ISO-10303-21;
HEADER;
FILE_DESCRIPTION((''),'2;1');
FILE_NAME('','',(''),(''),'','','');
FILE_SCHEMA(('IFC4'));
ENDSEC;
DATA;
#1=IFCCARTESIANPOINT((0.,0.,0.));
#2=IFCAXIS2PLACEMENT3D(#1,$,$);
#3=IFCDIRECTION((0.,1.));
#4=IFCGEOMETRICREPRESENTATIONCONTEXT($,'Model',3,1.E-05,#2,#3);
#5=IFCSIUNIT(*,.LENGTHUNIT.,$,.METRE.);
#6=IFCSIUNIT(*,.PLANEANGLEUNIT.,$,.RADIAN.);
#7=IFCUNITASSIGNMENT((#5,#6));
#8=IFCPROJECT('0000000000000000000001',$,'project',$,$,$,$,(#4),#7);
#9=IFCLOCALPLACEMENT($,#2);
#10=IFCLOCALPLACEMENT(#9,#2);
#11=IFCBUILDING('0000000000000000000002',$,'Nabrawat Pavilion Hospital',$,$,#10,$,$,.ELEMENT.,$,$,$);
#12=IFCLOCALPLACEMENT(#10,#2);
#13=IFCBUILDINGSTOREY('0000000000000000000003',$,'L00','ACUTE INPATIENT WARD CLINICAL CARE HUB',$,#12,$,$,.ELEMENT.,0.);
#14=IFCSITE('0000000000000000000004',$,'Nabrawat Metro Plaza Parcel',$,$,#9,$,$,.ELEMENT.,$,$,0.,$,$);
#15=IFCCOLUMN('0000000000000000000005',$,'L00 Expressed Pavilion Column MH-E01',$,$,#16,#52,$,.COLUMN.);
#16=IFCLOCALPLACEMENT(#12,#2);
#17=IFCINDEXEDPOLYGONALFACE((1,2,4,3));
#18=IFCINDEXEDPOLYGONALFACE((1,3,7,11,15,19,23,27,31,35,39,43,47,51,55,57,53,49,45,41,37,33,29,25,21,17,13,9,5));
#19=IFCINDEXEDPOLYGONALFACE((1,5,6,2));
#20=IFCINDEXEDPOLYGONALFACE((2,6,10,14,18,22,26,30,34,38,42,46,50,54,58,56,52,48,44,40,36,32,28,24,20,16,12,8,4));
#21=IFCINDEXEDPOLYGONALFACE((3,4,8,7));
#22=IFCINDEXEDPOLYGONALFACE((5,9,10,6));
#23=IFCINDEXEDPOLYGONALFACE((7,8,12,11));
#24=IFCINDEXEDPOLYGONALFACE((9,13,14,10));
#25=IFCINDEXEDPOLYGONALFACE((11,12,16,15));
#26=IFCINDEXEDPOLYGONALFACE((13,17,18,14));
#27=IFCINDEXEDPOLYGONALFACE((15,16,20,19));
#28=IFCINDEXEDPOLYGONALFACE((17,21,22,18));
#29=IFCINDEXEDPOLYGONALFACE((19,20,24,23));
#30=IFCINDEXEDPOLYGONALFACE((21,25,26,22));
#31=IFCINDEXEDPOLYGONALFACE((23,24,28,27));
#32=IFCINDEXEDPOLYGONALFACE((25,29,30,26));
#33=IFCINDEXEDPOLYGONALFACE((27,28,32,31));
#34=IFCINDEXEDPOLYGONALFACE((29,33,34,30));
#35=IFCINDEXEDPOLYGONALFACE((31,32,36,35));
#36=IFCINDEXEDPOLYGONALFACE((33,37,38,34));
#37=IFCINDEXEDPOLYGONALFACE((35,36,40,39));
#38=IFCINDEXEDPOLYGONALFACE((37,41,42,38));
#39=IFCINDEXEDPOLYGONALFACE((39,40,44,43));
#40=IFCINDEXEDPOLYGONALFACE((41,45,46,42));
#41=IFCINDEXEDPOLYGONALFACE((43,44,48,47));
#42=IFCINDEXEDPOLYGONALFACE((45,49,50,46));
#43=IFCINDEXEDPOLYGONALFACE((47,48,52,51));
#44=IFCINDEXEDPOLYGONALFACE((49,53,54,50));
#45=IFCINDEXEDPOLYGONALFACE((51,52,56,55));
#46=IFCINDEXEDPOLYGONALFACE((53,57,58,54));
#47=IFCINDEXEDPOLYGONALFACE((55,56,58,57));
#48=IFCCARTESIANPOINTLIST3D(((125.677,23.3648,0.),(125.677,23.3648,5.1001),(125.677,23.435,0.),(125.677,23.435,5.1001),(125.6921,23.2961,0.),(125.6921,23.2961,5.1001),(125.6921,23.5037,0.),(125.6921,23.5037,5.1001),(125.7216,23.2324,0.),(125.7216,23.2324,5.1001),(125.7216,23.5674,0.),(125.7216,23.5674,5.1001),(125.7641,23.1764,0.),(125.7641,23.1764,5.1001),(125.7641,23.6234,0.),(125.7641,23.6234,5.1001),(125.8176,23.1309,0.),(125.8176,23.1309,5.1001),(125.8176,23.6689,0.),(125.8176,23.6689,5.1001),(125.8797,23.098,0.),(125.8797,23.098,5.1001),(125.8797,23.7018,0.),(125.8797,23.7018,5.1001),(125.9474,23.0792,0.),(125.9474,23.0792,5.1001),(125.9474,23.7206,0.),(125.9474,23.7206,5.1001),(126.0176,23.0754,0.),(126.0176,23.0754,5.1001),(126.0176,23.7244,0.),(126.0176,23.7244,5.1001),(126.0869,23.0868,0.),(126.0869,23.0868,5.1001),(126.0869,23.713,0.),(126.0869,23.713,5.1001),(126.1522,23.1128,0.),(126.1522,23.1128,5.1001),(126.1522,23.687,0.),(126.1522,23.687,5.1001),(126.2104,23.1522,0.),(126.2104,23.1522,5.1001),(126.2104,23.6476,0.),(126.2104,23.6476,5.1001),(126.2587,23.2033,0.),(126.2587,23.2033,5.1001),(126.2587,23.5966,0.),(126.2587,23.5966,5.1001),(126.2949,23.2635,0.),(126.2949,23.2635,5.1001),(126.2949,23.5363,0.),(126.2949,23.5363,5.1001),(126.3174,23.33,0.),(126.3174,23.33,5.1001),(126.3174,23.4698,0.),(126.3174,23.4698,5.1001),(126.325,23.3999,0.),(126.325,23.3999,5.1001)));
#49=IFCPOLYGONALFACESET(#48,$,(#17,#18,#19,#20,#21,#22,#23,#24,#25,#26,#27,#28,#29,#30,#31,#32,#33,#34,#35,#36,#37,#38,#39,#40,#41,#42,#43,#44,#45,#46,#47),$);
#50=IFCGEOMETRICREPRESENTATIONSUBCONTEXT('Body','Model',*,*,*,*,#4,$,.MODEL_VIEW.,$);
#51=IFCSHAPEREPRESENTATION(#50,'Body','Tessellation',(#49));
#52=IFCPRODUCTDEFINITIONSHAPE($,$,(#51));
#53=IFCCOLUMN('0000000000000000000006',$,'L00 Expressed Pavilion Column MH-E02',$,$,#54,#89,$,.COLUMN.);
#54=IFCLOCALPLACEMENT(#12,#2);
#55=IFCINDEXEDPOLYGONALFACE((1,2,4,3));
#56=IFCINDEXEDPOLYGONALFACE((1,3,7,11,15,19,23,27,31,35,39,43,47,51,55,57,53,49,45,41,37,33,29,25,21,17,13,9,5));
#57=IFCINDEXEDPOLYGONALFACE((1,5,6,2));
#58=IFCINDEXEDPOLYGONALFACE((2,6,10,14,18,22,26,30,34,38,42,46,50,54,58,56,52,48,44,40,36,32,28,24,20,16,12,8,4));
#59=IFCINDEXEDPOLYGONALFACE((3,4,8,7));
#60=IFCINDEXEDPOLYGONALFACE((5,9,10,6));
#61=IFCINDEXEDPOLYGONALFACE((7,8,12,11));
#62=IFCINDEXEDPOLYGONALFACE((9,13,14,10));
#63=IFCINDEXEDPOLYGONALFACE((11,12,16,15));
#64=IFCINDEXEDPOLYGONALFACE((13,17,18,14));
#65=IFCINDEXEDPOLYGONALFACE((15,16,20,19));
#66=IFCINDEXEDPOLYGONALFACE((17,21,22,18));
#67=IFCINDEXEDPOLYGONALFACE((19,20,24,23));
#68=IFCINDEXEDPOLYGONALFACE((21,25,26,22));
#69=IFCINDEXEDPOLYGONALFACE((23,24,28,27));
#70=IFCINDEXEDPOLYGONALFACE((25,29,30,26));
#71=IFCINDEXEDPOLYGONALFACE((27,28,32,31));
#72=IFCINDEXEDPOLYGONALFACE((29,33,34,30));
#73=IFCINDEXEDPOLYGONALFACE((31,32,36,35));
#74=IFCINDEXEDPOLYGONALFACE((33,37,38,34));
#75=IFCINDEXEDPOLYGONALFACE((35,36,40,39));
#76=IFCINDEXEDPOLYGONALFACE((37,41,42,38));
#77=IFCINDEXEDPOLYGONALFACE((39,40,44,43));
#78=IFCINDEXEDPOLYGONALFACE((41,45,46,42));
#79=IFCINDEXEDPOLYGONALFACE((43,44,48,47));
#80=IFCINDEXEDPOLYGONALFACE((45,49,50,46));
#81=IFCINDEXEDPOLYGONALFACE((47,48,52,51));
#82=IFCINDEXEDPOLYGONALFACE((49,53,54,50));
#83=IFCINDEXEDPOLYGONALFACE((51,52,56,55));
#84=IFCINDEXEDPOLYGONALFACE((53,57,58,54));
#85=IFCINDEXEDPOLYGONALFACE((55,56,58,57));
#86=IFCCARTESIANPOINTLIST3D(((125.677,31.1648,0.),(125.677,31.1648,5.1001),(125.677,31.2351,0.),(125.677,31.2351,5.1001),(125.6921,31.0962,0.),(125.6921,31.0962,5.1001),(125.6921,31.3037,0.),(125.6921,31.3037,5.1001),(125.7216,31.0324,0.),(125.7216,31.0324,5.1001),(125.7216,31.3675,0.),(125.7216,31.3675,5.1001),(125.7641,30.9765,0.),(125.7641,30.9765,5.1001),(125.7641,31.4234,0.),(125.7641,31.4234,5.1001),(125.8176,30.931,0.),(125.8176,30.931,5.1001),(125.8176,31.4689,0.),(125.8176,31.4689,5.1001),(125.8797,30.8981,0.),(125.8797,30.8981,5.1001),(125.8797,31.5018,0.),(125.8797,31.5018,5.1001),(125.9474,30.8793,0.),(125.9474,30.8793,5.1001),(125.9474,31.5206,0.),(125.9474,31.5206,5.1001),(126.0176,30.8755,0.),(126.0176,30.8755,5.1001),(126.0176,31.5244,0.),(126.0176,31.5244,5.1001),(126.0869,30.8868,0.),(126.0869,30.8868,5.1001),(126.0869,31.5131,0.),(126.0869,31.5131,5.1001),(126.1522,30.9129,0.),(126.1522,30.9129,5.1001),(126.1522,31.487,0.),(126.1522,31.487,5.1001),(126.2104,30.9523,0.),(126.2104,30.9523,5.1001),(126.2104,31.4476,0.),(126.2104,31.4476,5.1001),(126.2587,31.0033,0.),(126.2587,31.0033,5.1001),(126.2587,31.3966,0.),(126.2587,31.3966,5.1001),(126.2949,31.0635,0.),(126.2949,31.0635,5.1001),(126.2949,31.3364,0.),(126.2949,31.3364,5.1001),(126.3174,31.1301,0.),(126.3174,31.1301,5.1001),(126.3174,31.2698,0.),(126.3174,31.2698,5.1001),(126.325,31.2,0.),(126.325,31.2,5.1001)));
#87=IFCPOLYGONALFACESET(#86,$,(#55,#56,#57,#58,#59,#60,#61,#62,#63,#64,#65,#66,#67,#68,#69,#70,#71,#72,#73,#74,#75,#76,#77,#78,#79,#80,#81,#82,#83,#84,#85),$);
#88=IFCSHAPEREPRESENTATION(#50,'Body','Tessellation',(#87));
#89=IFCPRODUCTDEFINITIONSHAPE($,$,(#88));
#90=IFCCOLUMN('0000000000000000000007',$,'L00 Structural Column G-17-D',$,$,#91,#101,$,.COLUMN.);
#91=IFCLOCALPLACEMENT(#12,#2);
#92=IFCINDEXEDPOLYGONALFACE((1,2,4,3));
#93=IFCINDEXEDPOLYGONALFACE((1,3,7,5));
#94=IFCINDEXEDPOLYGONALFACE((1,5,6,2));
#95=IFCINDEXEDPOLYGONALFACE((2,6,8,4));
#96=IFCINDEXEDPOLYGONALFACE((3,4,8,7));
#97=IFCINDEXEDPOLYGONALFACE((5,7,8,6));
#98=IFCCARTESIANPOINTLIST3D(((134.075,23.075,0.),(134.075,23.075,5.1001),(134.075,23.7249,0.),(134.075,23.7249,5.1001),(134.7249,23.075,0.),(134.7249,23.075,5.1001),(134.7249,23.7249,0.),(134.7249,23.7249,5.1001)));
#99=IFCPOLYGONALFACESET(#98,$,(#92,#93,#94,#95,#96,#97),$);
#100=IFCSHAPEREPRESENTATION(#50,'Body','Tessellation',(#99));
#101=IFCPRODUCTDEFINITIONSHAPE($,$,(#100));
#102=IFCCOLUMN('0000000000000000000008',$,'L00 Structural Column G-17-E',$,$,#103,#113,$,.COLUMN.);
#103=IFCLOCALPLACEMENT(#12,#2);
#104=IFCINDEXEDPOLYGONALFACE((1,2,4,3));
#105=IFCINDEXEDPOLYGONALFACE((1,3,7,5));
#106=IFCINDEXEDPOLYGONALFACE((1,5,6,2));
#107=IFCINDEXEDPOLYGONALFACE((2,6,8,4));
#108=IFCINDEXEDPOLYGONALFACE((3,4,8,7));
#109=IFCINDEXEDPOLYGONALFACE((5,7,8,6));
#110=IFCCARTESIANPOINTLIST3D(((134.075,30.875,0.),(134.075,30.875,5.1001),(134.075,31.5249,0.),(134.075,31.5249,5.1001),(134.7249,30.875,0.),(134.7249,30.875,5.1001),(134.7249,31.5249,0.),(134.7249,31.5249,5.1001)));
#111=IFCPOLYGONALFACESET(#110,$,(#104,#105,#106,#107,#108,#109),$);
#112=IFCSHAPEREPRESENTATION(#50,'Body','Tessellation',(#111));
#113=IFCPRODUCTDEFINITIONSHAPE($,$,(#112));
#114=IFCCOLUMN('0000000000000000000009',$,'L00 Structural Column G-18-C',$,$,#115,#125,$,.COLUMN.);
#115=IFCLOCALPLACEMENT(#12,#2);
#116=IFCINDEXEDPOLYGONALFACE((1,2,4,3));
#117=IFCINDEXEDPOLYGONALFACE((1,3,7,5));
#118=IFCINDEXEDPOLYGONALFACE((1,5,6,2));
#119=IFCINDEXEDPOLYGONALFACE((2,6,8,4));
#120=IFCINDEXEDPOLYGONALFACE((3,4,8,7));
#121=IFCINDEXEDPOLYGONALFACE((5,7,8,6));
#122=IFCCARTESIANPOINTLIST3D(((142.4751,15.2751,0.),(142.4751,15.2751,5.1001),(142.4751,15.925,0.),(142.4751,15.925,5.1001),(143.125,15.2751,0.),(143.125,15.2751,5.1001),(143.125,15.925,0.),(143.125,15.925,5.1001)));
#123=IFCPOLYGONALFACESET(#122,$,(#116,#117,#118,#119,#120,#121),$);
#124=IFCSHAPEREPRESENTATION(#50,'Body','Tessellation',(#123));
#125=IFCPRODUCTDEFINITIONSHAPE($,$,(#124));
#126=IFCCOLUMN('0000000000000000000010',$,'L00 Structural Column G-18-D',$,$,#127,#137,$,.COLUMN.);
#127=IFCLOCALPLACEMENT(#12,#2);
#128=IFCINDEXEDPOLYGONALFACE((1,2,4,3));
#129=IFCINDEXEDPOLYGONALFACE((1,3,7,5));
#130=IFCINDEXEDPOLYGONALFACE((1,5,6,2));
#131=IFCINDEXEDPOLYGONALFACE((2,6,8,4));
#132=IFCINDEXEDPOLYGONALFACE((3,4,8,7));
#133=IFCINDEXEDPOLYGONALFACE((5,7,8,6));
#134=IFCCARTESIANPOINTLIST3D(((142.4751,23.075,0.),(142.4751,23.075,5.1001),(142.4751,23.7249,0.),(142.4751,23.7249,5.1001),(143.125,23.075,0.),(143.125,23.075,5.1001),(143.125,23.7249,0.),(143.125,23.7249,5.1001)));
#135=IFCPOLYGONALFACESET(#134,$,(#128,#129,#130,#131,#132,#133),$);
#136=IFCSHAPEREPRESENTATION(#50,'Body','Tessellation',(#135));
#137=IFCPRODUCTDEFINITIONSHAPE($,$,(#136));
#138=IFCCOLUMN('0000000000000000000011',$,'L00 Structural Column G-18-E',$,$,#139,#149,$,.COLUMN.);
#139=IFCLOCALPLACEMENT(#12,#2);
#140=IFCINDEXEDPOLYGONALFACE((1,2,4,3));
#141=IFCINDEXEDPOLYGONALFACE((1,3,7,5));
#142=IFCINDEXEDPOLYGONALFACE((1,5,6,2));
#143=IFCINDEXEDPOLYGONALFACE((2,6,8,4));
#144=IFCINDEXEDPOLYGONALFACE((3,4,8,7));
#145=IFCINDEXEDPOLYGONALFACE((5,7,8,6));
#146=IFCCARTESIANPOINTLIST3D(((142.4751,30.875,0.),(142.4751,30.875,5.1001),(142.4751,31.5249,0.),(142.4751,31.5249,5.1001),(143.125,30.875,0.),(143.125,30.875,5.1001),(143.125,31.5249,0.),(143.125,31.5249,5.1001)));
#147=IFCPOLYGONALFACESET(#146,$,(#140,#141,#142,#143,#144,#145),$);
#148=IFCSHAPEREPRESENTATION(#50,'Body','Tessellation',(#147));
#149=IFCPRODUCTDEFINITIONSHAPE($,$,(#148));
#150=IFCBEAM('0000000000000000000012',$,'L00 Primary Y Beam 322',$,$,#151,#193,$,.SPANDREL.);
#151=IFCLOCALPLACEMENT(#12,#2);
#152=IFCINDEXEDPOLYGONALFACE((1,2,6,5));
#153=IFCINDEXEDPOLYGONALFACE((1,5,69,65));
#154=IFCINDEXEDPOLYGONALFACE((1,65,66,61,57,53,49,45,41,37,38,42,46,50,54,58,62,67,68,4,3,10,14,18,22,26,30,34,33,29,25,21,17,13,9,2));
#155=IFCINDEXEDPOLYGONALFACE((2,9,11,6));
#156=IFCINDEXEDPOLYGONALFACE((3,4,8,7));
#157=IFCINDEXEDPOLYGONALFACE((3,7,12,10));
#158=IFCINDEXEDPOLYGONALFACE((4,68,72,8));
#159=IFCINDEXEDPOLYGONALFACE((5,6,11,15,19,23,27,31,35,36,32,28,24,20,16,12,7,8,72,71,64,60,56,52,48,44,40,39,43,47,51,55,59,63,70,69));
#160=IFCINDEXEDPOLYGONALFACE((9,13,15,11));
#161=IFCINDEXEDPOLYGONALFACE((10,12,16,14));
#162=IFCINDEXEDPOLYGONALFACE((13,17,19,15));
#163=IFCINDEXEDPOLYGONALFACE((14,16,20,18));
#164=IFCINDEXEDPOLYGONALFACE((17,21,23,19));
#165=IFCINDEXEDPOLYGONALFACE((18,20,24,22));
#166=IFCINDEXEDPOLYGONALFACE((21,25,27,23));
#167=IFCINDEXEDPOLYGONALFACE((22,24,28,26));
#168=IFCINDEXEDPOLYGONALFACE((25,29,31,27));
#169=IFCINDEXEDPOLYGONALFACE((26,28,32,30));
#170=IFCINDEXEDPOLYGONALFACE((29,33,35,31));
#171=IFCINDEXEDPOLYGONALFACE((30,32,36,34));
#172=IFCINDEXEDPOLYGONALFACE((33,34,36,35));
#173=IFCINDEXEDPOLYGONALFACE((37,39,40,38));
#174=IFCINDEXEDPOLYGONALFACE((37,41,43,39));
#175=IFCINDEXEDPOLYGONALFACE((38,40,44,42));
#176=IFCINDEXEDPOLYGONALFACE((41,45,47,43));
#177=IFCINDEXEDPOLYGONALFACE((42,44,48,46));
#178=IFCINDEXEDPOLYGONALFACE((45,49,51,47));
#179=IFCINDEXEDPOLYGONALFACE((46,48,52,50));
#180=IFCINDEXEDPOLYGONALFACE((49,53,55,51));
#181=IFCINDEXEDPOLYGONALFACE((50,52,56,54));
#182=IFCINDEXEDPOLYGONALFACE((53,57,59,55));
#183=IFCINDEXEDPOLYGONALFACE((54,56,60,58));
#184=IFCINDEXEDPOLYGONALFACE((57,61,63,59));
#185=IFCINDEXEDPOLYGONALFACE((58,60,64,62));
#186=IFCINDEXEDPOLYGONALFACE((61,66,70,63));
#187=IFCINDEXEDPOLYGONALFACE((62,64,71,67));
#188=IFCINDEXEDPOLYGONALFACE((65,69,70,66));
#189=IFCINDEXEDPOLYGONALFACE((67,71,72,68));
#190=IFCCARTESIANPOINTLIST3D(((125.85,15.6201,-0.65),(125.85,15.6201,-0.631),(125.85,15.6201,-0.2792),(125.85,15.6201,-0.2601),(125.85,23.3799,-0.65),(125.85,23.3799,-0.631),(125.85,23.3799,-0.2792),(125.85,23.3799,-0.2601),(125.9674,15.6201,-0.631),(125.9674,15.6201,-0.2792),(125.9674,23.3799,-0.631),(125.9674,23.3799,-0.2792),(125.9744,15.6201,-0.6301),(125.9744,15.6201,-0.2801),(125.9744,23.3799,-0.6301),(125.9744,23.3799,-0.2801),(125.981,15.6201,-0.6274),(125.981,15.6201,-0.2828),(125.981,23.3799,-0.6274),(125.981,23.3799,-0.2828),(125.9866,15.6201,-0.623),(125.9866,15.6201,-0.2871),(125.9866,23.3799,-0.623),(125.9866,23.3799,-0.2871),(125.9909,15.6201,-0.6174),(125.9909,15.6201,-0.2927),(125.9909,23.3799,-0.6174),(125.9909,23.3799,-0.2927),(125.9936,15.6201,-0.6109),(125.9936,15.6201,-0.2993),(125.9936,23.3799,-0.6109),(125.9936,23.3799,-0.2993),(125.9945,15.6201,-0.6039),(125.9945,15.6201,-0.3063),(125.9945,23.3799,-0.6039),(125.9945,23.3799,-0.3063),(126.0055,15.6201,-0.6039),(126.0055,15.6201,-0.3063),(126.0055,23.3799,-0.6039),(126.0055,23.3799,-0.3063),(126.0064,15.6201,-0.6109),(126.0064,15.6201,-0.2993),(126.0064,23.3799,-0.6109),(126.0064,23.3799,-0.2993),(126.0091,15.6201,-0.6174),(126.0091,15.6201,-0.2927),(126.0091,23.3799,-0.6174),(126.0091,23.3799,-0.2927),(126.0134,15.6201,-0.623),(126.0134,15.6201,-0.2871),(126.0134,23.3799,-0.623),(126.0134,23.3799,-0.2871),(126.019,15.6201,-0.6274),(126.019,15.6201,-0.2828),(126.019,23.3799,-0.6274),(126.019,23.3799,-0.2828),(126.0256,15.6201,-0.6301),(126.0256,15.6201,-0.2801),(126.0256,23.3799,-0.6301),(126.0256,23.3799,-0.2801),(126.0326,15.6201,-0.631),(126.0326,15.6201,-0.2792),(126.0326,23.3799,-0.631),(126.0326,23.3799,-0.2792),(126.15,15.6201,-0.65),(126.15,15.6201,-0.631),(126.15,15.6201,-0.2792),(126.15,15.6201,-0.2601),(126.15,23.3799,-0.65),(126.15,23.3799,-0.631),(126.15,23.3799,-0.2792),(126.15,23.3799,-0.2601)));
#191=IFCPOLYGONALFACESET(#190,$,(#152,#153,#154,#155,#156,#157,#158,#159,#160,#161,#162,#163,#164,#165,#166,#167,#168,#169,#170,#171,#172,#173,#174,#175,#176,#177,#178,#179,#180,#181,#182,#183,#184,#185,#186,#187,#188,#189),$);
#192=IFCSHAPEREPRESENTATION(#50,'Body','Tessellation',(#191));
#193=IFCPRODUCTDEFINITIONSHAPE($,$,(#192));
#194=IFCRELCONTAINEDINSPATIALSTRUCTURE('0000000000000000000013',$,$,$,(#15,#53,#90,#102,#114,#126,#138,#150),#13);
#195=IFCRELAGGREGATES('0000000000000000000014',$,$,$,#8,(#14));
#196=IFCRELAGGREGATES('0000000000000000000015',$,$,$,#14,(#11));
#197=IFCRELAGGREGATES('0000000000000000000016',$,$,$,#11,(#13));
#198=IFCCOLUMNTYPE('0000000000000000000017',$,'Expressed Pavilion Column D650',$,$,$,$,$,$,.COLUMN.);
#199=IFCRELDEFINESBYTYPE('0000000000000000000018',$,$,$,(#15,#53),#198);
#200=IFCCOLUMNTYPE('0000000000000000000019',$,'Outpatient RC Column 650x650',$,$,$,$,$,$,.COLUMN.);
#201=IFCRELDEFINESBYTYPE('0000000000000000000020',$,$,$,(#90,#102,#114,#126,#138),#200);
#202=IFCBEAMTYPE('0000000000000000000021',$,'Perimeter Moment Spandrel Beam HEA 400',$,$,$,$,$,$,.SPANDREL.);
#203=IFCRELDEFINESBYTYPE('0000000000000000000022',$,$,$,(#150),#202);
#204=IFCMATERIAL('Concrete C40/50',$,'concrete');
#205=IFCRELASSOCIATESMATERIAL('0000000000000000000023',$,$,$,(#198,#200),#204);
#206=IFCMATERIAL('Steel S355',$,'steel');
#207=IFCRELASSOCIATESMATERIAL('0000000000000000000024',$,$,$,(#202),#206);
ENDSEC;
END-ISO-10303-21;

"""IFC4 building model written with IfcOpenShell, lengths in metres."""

from ifc_helpers import new_model, si_unit, direction, frame, origin, origin_2d, place, context, subcontext, project, spatial, rectangle, circle, i_section, extrude, material, material_profile, profile_set, type_object, element, save


model = new_model("IFC4")

# Units and contexts
model_context = context("Model", 3, precision=1e-05, world=origin(), true_north=direction((0.0, 1.0)))
body_context = subcontext(model_context, "Body", "Model", "MODEL_VIEW")
ifc_project = project(units=[si_unit("LENGTHUNIT", "METRE"), si_unit("PLANEANGLEUNIT", "RADIAN")], contexts=[model_context])

# Site, building, storey
site_placement = place(None, origin())
site = spatial("IfcSite", under=ifc_project, at=site_placement, Name="Nabrawat Metro Plaza Parcel", CompositionType="ELEMENT", RefElevation=0.0)
building_placement = place(site_placement, origin())
building = spatial("IfcBuilding", under=site, at=building_placement, Name="Nabrawat Pavilion Hospital", CompositionType="ELEMENT")
storey_placement = place(building_placement, origin())
storey = spatial("IfcBuildingStorey", under=building, at=storey_placement, Name="L00", Description="ACUTE INPATIENT WARD CLINICAL CARE HUB", CompositionType="ELEMENT", Elevation=0.0)

# Columns
ifc_material_1 = material(Name="Concrete C40/50", Category="concrete")
ifc_material_profile_1 = material_profile(ifc_material_1, circle(Radius=0.325, at=origin_2d()), Name="RC D650")
ifc_profile_set_1 = profile_set([ifc_material_profile_1], Name="Concrete C40/50")
column_type_1 = type_object("IfcColumnType", Name="Expressed Pavilion Column D650", PredefinedType="COLUMN", material=ifc_profile_set_1)
for number, where, z_axis, x_axis, name in (
    (1, (126.0, 23.3999, 0.0), (0.0, 0.0, 1.0), (1.0, 0.0, 0.0), "L00 Expressed Pavilion Column MH-E01"),
    (2, (126.0, 31.2, 0.0), (0.0, 0.0, 1.0), (1.0, 0.0, 0.0), "L00 Expressed Pavilion Column MH-E02"),
):
    element("IfcColumn", number, at=place(storey_placement, frame(where, z_axis=z_axis, x_axis=x_axis)), inside=storey, type_object=column_type_1, Name=name, PredefinedType="COLUMN", context=body_context, shape_type="SweptSolid", body=[
        extrude(circle(Radius=0.325, at=origin_2d()), origin(), (0.0, 0.0, 1.0), 5.1001),
    ])
ifc_material_profile_2 = material_profile(ifc_material_1, rectangle(XDim=0.6499, YDim=0.6499, at=origin_2d()), Name="RC 650x650")
ifc_profile_set_2 = profile_set([ifc_material_profile_2], Name="Concrete C40/50")
column_type_2 = type_object("IfcColumnType", Name="Outpatient RC Column 650x650", PredefinedType="COLUMN", material=ifc_profile_set_2)
for number, where, z_axis, x_axis, name in (
    (3, (134.3999, 23.3999, 0.0), (0.0, 0.0, 1.0), (1.0, 0.0, 0.0), "L00 Structural Column G-17-D"),
    (4, (134.3999, 31.2, 0.0), (0.0, 0.0, 1.0), (1.0, 0.0, 0.0), "L00 Structural Column G-17-E"),
    (5, (142.8, 15.6001, 0.0), (0.0, 0.0, 1.0), (1.0, 0.0, 0.0), "L00 Structural Column G-18-C"),
    (6, (142.8, 23.3999, 0.0), (0.0, 0.0, 1.0), (1.0, 0.0, 0.0), "L00 Structural Column G-18-D"),
    (7, (142.8, 31.2, 0.0), (0.0, 0.0, 1.0), (1.0, 0.0, 0.0), "L00 Structural Column G-18-E"),
):
    element("IfcColumn", number, at=place(storey_placement, frame(where, z_axis=z_axis, x_axis=x_axis)), inside=storey, type_object=column_type_2, Name=name, PredefinedType="COLUMN", context=body_context, shape_type="SweptSolid", body=[
        extrude(rectangle(XDim=0.6499, YDim=0.6499, at=origin_2d()), origin(), (0.0, 0.0, 1.0), 5.1001),
    ])

# Beam
ifc_material_2 = material(Name="Steel S355", Category="steel")
ifc_material_profile_3 = material_profile(ifc_material_2, i_section(OverallWidth=0.3, OverallDepth=0.3899, WebThickness=0.011, FlangeThickness=0.019, FilletRadius=0.0271, at=origin_2d()), Name="HEA 400")
ifc_profile_set_3 = profile_set([ifc_material_profile_3], Name="Steel S355")
beam_type_1 = type_object("IfcBeamType", Name="Perimeter Moment Spandrel Beam HEA 400", PredefinedType="SPANDREL", material=ifc_profile_set_3)
beam_1_placement = place(storey_placement, frame((126.0, 15.6201, -0.4551), z_axis=(0.0, 1.0, 0.0), x_axis=(-1.0, 0.0, 0.0)))
element("IfcBeam", 8, at=beam_1_placement, inside=storey, type_object=beam_type_1, Name="L00 Primary Y Beam 322", PredefinedType="SPANDREL", context=body_context, shape_type="SweptSolid", body=[
    extrude(i_section(OverallWidth=0.3, OverallDepth=0.3899, WebThickness=0.011, FlangeThickness=0.019, FilletRadius=0.0271, at=origin_2d()), origin(), (0.0, 0.0, 1.0), 7.7598),
])

save(model, "model.ifc")
